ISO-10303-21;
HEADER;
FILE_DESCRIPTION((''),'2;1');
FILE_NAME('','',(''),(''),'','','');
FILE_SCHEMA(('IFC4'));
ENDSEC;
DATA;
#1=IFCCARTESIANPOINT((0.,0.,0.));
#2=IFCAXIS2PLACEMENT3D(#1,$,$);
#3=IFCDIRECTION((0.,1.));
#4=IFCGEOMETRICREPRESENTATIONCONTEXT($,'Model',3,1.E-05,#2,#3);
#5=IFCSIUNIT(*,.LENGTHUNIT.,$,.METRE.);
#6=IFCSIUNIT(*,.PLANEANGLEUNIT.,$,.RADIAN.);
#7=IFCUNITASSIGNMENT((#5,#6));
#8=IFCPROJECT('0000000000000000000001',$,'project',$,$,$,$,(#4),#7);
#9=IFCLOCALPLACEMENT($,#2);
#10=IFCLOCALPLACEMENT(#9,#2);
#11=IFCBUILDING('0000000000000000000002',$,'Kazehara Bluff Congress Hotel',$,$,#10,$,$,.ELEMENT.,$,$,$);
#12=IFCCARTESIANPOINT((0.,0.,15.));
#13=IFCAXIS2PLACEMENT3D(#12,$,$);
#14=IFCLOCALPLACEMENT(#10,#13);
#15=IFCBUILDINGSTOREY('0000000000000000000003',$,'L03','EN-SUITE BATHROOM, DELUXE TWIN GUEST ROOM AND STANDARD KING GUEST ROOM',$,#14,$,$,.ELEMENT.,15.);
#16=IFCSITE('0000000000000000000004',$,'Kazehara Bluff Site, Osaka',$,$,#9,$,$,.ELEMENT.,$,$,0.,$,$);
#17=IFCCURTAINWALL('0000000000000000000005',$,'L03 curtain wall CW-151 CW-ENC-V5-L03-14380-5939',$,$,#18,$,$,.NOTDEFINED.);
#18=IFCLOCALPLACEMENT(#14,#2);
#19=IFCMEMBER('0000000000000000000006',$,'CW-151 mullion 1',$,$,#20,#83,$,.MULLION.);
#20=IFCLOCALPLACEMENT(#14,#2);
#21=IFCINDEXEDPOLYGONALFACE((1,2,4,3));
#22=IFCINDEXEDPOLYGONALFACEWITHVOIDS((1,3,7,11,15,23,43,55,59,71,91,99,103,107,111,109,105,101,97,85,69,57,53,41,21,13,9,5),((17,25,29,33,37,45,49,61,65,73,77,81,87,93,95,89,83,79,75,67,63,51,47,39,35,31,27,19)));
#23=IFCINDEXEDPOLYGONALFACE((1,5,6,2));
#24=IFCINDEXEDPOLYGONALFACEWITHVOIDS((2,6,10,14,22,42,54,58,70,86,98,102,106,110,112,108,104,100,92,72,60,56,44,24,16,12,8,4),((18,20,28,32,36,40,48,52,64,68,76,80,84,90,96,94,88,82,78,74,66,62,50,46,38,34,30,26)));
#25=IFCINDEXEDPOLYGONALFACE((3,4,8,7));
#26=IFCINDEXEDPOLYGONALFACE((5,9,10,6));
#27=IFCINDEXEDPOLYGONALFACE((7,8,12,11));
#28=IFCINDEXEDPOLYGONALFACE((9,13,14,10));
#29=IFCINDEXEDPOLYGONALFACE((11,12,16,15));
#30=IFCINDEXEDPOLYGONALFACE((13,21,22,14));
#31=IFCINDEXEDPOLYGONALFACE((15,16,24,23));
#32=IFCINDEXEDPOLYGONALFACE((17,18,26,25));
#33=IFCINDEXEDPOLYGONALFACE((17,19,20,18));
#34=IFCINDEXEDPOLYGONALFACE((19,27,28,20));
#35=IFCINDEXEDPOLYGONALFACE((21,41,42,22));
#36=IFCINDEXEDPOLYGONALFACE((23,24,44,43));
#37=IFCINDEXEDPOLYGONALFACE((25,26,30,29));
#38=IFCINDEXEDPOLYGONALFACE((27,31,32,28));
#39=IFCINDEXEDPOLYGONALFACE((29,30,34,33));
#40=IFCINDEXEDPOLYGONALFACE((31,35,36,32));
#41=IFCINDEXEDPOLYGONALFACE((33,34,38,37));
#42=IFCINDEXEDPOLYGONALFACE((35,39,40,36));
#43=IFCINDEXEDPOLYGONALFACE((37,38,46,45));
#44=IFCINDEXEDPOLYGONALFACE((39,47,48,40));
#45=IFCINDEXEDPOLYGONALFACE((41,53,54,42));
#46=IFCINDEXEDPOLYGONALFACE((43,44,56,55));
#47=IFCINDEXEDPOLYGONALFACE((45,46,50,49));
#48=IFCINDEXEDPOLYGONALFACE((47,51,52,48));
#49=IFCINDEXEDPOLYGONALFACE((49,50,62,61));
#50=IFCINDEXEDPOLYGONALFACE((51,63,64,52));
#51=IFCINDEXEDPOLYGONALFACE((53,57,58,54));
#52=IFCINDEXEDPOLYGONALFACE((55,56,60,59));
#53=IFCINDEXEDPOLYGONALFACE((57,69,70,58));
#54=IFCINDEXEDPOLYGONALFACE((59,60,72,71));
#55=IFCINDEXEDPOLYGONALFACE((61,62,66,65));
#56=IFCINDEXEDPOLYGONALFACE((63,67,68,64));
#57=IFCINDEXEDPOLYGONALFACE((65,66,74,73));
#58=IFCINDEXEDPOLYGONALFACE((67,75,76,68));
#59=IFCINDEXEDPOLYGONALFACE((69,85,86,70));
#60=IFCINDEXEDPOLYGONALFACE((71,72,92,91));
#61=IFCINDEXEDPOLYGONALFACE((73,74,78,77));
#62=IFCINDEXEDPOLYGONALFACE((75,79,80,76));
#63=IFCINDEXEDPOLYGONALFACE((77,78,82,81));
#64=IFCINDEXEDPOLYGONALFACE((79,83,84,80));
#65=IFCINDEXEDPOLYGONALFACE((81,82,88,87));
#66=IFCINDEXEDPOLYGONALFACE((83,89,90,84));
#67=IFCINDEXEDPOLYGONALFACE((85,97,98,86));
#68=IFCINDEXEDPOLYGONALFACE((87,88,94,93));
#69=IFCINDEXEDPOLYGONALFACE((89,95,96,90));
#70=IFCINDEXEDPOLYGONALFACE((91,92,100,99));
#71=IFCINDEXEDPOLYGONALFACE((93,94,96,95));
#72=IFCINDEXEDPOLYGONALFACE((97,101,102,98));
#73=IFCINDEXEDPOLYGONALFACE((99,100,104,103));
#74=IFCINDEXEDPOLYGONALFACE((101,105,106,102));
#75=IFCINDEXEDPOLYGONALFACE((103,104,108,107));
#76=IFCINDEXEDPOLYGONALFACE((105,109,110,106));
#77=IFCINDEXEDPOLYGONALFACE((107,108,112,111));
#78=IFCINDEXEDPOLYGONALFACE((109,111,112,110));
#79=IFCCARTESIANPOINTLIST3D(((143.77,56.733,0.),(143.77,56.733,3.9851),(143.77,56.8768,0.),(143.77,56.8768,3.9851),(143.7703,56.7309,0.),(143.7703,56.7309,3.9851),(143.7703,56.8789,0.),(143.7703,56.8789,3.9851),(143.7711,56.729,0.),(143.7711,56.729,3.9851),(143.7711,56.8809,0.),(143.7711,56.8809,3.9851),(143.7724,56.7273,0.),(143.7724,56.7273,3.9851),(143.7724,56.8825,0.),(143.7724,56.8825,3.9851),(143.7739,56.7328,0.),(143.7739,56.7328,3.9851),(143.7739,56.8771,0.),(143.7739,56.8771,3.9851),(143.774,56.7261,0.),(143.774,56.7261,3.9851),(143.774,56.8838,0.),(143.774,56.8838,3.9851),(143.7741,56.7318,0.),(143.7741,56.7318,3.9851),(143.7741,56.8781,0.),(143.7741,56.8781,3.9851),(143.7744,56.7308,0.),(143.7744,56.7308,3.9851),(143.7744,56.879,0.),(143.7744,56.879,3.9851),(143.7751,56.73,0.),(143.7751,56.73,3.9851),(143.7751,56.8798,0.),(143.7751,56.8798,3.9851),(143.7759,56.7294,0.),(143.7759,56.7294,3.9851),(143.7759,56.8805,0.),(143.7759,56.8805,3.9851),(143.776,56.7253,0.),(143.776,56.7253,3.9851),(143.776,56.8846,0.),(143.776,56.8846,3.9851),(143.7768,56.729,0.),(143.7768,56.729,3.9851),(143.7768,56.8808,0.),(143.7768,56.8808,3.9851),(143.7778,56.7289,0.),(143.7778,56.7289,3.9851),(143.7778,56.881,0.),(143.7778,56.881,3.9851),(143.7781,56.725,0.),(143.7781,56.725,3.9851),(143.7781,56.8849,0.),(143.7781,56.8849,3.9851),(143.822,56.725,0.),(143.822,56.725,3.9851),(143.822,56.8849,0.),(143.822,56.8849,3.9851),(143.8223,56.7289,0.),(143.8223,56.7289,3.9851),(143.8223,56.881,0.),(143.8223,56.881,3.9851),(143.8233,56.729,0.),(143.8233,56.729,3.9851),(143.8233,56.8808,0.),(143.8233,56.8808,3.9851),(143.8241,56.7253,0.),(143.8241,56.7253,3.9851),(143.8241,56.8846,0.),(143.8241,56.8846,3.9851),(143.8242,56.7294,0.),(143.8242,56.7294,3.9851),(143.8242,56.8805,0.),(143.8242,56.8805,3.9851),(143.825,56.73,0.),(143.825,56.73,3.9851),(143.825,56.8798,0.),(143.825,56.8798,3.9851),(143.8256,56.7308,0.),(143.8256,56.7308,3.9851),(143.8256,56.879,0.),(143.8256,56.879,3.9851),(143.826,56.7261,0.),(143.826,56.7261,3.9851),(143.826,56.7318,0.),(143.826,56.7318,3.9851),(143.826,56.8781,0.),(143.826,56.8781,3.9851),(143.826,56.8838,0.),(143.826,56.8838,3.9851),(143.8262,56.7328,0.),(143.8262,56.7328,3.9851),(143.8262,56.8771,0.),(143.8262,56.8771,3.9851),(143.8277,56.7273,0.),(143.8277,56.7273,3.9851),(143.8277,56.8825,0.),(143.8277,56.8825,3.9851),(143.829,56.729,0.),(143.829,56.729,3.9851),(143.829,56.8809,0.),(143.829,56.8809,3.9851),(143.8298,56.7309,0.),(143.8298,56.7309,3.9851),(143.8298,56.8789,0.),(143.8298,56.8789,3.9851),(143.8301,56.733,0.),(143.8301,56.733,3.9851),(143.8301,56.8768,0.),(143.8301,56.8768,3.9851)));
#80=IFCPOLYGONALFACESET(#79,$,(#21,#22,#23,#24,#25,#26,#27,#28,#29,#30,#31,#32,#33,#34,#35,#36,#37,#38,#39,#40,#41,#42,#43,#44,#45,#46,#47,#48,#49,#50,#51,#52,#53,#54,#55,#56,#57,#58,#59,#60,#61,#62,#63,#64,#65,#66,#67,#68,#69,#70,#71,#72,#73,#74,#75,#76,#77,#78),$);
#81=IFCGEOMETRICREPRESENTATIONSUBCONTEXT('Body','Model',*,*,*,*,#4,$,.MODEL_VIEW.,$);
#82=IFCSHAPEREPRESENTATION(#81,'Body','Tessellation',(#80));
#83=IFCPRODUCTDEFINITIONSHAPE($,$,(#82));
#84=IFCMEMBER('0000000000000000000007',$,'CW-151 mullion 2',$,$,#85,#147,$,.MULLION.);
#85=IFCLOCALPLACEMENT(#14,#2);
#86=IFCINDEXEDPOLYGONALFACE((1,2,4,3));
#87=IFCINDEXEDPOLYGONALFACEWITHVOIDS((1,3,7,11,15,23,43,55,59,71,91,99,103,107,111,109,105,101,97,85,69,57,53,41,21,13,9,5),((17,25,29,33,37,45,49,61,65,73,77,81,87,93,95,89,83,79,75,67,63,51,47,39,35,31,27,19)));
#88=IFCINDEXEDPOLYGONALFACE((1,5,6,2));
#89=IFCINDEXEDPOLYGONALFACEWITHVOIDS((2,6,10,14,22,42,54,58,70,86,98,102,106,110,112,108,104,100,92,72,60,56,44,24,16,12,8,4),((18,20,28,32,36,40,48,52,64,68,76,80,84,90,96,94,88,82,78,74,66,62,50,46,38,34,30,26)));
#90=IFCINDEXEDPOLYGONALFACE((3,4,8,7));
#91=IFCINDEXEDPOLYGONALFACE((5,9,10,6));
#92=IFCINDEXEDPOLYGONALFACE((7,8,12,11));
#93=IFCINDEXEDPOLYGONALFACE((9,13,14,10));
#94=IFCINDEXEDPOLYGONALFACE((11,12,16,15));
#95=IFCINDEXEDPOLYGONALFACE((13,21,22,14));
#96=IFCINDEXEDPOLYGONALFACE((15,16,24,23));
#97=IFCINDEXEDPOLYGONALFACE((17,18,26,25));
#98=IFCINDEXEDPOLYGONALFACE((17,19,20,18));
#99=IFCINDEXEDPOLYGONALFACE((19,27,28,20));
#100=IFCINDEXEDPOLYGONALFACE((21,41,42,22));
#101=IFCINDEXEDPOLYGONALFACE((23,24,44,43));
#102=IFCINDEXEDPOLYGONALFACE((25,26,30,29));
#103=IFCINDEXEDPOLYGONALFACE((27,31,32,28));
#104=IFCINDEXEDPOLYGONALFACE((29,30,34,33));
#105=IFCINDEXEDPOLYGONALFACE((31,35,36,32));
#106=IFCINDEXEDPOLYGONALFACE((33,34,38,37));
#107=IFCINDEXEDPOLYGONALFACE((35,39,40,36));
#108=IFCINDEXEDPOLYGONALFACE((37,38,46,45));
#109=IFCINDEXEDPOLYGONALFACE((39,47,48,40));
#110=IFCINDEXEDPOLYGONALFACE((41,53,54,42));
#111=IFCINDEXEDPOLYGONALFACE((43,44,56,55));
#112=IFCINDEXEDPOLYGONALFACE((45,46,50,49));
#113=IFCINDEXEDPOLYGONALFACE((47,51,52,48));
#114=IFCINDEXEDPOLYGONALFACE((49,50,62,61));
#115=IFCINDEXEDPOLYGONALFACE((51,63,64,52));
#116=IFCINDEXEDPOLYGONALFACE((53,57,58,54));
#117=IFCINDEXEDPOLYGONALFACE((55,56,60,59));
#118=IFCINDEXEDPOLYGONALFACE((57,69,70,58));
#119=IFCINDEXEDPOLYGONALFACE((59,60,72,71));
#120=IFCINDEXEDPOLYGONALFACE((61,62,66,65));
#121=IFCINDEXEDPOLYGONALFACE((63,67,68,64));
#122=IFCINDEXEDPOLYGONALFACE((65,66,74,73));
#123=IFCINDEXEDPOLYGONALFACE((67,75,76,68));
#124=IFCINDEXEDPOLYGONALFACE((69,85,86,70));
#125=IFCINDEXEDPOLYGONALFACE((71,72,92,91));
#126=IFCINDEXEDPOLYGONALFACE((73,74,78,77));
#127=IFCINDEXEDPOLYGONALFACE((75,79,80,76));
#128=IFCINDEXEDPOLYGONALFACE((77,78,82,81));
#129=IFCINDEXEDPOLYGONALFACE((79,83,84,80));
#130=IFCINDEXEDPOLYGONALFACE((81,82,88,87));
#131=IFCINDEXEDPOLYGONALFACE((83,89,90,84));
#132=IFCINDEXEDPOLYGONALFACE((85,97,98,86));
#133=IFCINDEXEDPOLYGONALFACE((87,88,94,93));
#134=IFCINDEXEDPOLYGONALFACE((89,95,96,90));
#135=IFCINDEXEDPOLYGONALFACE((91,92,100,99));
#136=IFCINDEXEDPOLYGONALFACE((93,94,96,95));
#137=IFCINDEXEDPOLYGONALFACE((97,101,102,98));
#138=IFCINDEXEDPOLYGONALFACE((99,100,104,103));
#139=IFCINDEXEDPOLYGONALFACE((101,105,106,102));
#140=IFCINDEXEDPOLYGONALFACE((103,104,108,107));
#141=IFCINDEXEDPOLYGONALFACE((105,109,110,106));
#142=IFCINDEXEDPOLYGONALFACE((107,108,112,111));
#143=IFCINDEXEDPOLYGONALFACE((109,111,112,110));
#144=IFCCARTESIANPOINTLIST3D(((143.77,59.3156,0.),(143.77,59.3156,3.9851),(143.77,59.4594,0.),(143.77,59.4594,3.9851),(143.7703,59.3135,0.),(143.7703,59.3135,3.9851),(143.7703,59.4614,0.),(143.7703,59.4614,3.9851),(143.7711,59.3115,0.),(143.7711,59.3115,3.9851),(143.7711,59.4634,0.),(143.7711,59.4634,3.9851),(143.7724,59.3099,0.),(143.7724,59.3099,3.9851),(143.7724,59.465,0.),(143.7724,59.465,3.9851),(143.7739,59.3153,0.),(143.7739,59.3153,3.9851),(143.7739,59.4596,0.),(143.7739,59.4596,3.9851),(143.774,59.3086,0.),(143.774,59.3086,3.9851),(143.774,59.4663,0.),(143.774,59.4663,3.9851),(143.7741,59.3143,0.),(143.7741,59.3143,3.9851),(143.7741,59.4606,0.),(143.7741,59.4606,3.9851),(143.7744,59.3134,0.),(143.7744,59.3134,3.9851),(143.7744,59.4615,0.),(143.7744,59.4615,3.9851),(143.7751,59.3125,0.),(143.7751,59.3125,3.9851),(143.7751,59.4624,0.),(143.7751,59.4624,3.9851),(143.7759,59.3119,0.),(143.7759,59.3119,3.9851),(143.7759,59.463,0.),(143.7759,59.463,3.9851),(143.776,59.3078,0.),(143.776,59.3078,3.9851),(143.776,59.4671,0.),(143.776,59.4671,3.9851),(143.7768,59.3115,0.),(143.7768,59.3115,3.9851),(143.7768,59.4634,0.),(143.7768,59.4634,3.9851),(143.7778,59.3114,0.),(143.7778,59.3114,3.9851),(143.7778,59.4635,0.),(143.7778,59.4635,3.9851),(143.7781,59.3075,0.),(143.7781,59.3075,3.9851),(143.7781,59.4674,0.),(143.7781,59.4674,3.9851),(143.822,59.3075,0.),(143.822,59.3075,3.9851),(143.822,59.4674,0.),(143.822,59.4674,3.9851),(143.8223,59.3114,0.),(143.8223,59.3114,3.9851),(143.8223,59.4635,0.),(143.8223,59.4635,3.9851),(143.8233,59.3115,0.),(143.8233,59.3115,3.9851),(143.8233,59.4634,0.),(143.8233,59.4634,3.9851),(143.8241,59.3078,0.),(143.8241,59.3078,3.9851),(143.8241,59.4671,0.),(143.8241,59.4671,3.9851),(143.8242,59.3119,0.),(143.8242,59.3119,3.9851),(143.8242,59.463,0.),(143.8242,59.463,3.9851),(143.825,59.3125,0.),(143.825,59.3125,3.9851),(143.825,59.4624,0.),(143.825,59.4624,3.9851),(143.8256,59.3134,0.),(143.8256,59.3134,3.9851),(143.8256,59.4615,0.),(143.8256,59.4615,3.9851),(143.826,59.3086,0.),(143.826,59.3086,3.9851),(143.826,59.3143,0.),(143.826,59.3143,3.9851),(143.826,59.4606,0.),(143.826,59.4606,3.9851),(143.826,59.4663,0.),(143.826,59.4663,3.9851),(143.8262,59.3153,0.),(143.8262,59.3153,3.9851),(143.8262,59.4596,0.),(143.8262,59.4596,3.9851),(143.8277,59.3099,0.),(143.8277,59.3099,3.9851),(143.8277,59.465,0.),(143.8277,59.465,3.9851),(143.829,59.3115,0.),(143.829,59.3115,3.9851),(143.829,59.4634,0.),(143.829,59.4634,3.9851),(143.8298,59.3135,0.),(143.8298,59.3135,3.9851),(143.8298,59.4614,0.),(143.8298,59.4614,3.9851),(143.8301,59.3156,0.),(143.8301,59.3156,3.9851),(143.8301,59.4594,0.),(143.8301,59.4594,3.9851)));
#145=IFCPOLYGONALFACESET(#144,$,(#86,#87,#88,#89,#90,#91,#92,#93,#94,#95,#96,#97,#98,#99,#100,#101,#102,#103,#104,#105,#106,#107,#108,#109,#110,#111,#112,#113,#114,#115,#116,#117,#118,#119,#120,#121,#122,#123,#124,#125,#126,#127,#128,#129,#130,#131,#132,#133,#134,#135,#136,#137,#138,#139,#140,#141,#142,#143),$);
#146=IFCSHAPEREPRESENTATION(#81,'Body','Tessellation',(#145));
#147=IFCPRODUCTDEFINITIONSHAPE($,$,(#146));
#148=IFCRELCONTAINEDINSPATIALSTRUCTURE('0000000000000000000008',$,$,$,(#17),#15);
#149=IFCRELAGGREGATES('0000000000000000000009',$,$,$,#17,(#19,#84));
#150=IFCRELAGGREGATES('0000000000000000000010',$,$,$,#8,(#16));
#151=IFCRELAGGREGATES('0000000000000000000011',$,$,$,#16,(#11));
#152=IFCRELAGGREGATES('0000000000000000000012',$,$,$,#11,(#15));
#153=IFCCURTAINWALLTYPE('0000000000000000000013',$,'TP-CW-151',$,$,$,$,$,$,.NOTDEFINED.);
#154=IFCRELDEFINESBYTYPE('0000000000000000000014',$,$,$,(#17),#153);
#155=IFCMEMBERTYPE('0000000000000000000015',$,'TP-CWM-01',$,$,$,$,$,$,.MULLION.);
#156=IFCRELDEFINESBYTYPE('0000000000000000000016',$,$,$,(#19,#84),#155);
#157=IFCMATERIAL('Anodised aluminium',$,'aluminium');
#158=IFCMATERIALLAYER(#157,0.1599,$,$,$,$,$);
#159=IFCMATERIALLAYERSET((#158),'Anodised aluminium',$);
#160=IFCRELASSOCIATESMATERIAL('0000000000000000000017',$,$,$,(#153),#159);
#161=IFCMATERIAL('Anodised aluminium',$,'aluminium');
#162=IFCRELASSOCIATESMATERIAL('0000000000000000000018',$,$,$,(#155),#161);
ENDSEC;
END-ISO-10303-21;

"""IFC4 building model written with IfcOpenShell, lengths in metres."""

from ifc_helpers import new_model, si_unit, direction, frame, origin, origin_2d, place, context, subcontext, project, spatial, hollow_rectangle, extrude, material, layer, layer_set, material_profile, profile_set, type_object, element, aggregate, save


model = new_model("IFC4")

# Units and contexts
model_context = context("Model", 3, precision=1e-05, world=origin(), true_north=direction((0.0, 1.0)))
body_context = subcontext(model_context, "Body", "Model", "MODEL_VIEW")
ifc_project = project(units=[si_unit("LENGTHUNIT", "METRE"), si_unit("PLANEANGLEUNIT", "RADIAN")], contexts=[model_context])

# Site, building, storey
site_placement = place(None, origin())
site = spatial("IfcSite", under=ifc_project, at=site_placement, Name="Kazehara Bluff Site, Osaka", CompositionType="ELEMENT", RefElevation=0.0)
building_placement = place(site_placement, origin())
building = spatial("IfcBuilding", under=site, at=building_placement, Name="Kazehara Bluff Congress Hotel", CompositionType="ELEMENT")
storey_placement = place(building_placement, frame((0.0, 0.0, 15.0)))
storey = spatial("IfcBuildingStorey", under=building, at=storey_placement, Name="L03", Description="EN-SUITE BATHROOM, DELUXE TWIN GUEST ROOM AND STANDARD KING GUEST ROOM", CompositionType="ELEMENT", Elevation=15.0)

# Curtain wall, members
ifc_material_1 = material(Name="Anodised aluminium", Category="aluminium")
ifc_layer_1 = layer(ifc_material_1, 0.1599)
ifc_layer_set_1 = layer_set([ifc_layer_1], Name="Anodised aluminium")
curtain_wall_type = type_object("IfcCurtainWallType", Name="TP-CW-151", PredefinedType="NOTDEFINED", material=ifc_layer_set_1)
curtain_wall_placement = place(storey_placement, origin())
curtain_wall = element("IfcCurtainWall", 1, at=curtain_wall_placement, inside=storey, type_object=curtain_wall_type, Name="L03 curtain wall CW-151 CW-ENC-V5-L03-14380-5939", PredefinedType="NOTDEFINED")
ifc_material_2 = material(Name="Anodised aluminium", Category="aluminium")
ifc_material_profile_1 = material_profile(ifc_material_2, hollow_rectangle(XDim=0.0601, YDim=0.1599, WallThickness=0.0039, InnerFilletRadius=0.0039, OuterFilletRadius=0.0081, at=origin_2d()))
ifc_profile_set_1 = profile_set([ifc_material_profile_1], Name="Anodised aluminium")
member_type_1 = type_object("IfcMemberType", Name="TP-CWM-01", PredefinedType="MULLION", material=ifc_profile_set_1)
member_1_placement = place(storey_placement, frame((143.8, 56.8049, 0.0), z_axis=(0.0, 0.0, 1.0), x_axis=(-1.0, 0.0, 0.0)))
member_1 = element("IfcMember", 2, at=member_1_placement, type_object=member_type_1, Name="CW-151 mullion 1", PredefinedType="MULLION", context=body_context, shape_type="SweptSolid", body=[
    extrude(hollow_rectangle(XDim=0.0601, YDim=0.1599, WallThickness=0.0039, InnerFilletRadius=0.0039, OuterFilletRadius=0.0081, at=origin_2d()), origin(), (0.0, 0.0, 1.0), 3.9851),
])
member_2_placement = place(storey_placement, frame((143.8, 59.3875, 0.0), z_axis=(0.0, 0.0, 1.0), x_axis=(-1.0, 0.0, 0.0)))
member_2 = element("IfcMember", 3, at=member_2_placement, type_object=member_type_1, Name="CW-151 mullion 2", PredefinedType="MULLION", context=body_context, shape_type="SweptSolid", body=[
    extrude(hollow_rectangle(XDim=0.0601, YDim=0.1599, WallThickness=0.0039, InnerFilletRadius=0.0039, OuterFilletRadius=0.0081, at=origin_2d()), origin(), (0.0, 0.0, 1.0), 3.9851),
])
aggregate(curtain_wall, [member_1, member_2])

save(model, "model.ifc")
